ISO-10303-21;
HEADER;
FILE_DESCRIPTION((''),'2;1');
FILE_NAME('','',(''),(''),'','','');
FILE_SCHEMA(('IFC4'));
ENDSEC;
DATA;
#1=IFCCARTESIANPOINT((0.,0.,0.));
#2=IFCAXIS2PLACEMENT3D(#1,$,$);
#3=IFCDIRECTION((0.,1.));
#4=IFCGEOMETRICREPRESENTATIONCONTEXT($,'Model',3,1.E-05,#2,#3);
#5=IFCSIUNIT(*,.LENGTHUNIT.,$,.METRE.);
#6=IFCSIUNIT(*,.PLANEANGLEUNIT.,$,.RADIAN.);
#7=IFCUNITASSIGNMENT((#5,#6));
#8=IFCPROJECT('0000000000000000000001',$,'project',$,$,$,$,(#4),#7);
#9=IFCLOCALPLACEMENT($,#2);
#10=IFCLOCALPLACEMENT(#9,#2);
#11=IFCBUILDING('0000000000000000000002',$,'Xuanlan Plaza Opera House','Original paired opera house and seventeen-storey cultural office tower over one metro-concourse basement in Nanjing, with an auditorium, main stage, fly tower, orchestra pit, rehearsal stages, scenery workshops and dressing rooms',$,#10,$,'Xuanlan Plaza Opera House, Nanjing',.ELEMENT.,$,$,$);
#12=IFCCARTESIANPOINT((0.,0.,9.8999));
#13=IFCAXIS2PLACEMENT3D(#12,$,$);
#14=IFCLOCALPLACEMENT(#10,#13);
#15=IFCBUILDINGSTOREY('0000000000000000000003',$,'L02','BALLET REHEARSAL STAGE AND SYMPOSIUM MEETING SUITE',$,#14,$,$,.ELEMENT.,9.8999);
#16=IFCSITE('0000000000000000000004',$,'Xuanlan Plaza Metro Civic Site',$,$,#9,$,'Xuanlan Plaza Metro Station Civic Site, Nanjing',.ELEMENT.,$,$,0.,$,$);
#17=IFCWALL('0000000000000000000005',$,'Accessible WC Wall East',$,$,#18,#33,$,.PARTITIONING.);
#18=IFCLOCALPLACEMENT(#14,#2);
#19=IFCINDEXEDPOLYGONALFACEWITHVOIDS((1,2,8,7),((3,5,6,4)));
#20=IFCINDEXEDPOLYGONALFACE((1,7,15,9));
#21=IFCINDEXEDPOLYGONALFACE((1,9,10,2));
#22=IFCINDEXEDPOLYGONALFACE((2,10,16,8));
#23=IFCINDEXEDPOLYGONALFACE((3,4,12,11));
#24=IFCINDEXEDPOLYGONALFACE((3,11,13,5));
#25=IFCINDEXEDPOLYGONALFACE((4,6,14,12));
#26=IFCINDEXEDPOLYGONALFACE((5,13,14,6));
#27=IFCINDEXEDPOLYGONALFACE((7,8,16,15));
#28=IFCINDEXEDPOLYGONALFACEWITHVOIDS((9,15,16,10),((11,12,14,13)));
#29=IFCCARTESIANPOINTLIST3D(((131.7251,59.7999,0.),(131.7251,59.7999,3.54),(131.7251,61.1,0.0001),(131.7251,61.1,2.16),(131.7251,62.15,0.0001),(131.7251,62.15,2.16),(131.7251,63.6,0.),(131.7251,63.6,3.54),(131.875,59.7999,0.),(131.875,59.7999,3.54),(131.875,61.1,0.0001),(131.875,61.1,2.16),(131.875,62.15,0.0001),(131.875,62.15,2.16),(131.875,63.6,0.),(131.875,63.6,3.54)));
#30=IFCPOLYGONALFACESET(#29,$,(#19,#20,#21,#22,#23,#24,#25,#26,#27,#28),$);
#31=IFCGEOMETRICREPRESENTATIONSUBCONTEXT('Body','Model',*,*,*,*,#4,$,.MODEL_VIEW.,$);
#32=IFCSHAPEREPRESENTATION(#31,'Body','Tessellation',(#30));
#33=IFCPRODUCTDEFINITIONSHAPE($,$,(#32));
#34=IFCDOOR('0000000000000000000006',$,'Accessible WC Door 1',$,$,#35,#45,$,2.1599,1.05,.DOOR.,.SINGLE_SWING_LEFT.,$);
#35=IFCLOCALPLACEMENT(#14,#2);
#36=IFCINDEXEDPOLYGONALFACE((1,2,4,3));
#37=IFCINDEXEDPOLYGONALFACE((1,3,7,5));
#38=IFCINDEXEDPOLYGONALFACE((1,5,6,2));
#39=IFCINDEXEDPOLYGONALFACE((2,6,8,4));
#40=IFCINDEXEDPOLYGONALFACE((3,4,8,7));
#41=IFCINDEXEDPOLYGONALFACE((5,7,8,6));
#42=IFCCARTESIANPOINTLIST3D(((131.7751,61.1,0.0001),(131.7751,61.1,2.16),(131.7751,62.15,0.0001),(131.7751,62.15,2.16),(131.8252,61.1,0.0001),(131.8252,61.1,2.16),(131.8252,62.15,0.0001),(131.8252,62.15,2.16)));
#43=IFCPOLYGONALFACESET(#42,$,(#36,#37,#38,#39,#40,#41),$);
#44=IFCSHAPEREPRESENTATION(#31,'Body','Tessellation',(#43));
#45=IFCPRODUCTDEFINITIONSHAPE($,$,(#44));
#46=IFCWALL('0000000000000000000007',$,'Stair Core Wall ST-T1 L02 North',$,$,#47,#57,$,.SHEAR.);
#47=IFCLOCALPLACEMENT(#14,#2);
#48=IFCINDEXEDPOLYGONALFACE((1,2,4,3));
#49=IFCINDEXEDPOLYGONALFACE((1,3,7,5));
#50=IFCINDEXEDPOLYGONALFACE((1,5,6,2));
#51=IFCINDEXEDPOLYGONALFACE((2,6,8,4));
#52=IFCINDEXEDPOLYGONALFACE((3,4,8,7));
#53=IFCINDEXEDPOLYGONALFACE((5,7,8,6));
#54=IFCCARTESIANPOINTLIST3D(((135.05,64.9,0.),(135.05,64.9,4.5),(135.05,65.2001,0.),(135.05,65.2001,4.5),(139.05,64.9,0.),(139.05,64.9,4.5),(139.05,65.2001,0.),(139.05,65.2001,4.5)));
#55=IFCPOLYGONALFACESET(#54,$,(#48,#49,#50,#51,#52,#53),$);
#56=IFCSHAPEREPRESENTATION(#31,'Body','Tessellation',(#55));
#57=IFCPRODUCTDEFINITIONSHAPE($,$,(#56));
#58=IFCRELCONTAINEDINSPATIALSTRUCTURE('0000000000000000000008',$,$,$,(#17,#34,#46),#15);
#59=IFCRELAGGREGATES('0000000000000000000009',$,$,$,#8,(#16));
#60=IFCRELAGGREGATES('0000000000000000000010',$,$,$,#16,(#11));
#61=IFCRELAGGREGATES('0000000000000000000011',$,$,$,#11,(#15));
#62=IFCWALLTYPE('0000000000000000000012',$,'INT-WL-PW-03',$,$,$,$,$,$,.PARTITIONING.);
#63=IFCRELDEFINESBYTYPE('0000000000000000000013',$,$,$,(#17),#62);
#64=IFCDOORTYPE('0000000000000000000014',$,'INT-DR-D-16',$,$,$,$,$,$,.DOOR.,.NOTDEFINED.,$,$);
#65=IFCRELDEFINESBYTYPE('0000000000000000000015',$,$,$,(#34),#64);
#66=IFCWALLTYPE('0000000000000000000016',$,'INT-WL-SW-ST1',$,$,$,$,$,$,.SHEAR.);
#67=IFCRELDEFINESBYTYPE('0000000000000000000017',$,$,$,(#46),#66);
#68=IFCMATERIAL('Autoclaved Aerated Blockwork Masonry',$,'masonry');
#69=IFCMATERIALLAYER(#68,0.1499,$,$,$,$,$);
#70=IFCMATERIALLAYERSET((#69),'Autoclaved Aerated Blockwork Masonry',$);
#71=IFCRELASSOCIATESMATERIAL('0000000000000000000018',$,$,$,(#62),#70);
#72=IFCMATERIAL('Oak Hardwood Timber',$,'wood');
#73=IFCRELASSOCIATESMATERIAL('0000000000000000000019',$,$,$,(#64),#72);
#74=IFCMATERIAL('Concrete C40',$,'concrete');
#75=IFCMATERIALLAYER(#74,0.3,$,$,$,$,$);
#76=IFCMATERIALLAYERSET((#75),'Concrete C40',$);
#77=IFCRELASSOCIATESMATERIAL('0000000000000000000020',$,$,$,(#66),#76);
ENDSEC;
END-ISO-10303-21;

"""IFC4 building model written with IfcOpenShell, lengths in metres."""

from ifc_helpers import new_model, si_unit, direction, frame, frame_2d, origin, place, context, subcontext, project, spatial, rectangle, extrude, material, layer, layer_set, type_object, element, fill, save


model = new_model("IFC4")

# Units and contexts
model_context = context("Model", 3, precision=1e-05, world=origin(), true_north=direction((0.0, 1.0)))
body_context = subcontext(model_context, "Body", "Model", "MODEL_VIEW")
ifc_project = project(units=[si_unit("LENGTHUNIT", "METRE"), si_unit("PLANEANGLEUNIT", "RADIAN")], contexts=[model_context])

# Site, building, storey
site_placement = place(None, origin())
site = spatial("IfcSite", under=ifc_project, at=site_placement, Name="Xuanlan Plaza Metro Civic Site", LongName="Xuanlan Plaza Metro Station Civic Site, Nanjing", CompositionType="ELEMENT", RefElevation=0.0)
building_placement = place(site_placement, origin())
building = spatial("IfcBuilding", under=site, at=building_placement, Name="Xuanlan Plaza Opera House", Description="Original paired opera house and seventeen-storey cultural office tower over one metro-concourse basement in Nanjing, with an auditorium, main stage, fly tower, orchestra pit, rehearsal stages, scenery workshops and dressing rooms", LongName="Xuanlan Plaza Opera House, Nanjing", CompositionType="ELEMENT")
storey_placement = place(building_placement, frame((0.0, 0.0, 9.8999)))
storey = spatial("IfcBuildingStorey", under=building, at=storey_placement, Name="L02", Description="BALLET REHEARSAL STAGE AND SYMPOSIUM MEETING SUITE", CompositionType="ELEMENT", Elevation=9.8999)

# Shared definitions
ifc_material_1 = material(Name="Concrete C40", Category="concrete")

# Shared definitions
ifc_material_2 = material(Name="Autoclaved Aerated Blockwork Masonry", Category="masonry")
ifc_layer_1 = layer(ifc_material_2, 0.1499)
ifc_layer_set_1 = layer_set([ifc_layer_1], Name="Autoclaved Aerated Blockwork Masonry")
wall_type_1 = type_object("IfcWallType", Name="INT-WL-PW-03", PredefinedType="PARTITIONING", material=ifc_layer_set_1)

# Wall, opening, door
wall_1_placement = place(storey_placement, frame((131.8, 59.8, 0.0), z_axis=(0.0, 0.0, 1.0), x_axis=(0.0, 1.0, 0.0)))
wall_1 = element("IfcWall", 1, at=wall_1_placement, inside=storey, type_object=wall_type_1, Name="Accessible WC Wall East", PredefinedType="PARTITIONING", context=body_context, shape_type="SweptSolid", body=[
    extrude(rectangle(XDim=3.8, YDim=0.1499, at=frame_2d((1.8999, 0.0))), origin(), (0.0, 0.0, 1.0), 3.54),
])
opening_placement = place(wall_1_placement, frame((1.3, 0.0, 0.0)))
opening = element("IfcOpeningElement", 2, at=opening_placement, cuts=wall_1, PredefinedType="OPENING", context=body_context, shape_type="SweptSolid", body=[
    extrude(rectangle(XDim=1.05, YDim=2.1599, at=frame_2d((0.5249, 1.0801))), frame((0.0, 0.085, 0.0), z_axis=(0.0, -1.0, 0.0), x_axis=(1.0, 0.0, 0.0)), (0.0, 0.0, 1.0), 0.1699),
])
ifc_material_3 = material(Name="Oak Hardwood Timber", Category="wood")
door_type = type_object("IfcDoorType", Name="INT-DR-D-16", OperationType="NOTDEFINED", PredefinedType="DOOR", material=ifc_material_3)
door_placement = place(opening_placement, origin())
door = element("IfcDoor", 3, at=door_placement, inside=storey, type_object=door_type, Name="Accessible WC Door 1", OperationType="SINGLE_SWING_LEFT", OverallHeight=2.1599, OverallWidth=1.05, PredefinedType="DOOR", context=body_context, shape_type="SweptSolid", body=[
    extrude(rectangle(XDim=1.05, YDim=2.1599, at=frame_2d((0.5249, 1.0801))), frame((0.0, 0.0249, 0.0), z_axis=(0.0, -1.0, 0.0), x_axis=(1.0, 0.0, 0.0)), (0.0, 0.0, 1.0), 0.05),
])
fill(opening, door)

# Wall
ifc_layer_2 = layer(ifc_material_1, 0.3)
ifc_layer_set_2 = layer_set([ifc_layer_2], Name="Concrete C40")
wall_type_2 = type_object("IfcWallType", Name="INT-WL-SW-ST1", PredefinedType="SHEAR", material=ifc_layer_set_2)
wall_2_placement = place(storey_placement, frame((135.05, 65.05, 0.0), z_axis=(0.0, 0.0, 1.0), x_axis=(1.0, 0.0, 0.0)))
element("IfcWall", 4, at=wall_2_placement, inside=storey, type_object=wall_type_2, Name="Stair Core Wall ST-T1 L02 North", PredefinedType="SHEAR", context=body_context, shape_type="SweptSolid", body=[
    extrude(rectangle(XDim=4.0, YDim=0.3, at=frame_2d((2.0, 0.0))), origin(), (0.0, 0.0, 1.0), 4.5),
])

save(model, "model.ifc")
